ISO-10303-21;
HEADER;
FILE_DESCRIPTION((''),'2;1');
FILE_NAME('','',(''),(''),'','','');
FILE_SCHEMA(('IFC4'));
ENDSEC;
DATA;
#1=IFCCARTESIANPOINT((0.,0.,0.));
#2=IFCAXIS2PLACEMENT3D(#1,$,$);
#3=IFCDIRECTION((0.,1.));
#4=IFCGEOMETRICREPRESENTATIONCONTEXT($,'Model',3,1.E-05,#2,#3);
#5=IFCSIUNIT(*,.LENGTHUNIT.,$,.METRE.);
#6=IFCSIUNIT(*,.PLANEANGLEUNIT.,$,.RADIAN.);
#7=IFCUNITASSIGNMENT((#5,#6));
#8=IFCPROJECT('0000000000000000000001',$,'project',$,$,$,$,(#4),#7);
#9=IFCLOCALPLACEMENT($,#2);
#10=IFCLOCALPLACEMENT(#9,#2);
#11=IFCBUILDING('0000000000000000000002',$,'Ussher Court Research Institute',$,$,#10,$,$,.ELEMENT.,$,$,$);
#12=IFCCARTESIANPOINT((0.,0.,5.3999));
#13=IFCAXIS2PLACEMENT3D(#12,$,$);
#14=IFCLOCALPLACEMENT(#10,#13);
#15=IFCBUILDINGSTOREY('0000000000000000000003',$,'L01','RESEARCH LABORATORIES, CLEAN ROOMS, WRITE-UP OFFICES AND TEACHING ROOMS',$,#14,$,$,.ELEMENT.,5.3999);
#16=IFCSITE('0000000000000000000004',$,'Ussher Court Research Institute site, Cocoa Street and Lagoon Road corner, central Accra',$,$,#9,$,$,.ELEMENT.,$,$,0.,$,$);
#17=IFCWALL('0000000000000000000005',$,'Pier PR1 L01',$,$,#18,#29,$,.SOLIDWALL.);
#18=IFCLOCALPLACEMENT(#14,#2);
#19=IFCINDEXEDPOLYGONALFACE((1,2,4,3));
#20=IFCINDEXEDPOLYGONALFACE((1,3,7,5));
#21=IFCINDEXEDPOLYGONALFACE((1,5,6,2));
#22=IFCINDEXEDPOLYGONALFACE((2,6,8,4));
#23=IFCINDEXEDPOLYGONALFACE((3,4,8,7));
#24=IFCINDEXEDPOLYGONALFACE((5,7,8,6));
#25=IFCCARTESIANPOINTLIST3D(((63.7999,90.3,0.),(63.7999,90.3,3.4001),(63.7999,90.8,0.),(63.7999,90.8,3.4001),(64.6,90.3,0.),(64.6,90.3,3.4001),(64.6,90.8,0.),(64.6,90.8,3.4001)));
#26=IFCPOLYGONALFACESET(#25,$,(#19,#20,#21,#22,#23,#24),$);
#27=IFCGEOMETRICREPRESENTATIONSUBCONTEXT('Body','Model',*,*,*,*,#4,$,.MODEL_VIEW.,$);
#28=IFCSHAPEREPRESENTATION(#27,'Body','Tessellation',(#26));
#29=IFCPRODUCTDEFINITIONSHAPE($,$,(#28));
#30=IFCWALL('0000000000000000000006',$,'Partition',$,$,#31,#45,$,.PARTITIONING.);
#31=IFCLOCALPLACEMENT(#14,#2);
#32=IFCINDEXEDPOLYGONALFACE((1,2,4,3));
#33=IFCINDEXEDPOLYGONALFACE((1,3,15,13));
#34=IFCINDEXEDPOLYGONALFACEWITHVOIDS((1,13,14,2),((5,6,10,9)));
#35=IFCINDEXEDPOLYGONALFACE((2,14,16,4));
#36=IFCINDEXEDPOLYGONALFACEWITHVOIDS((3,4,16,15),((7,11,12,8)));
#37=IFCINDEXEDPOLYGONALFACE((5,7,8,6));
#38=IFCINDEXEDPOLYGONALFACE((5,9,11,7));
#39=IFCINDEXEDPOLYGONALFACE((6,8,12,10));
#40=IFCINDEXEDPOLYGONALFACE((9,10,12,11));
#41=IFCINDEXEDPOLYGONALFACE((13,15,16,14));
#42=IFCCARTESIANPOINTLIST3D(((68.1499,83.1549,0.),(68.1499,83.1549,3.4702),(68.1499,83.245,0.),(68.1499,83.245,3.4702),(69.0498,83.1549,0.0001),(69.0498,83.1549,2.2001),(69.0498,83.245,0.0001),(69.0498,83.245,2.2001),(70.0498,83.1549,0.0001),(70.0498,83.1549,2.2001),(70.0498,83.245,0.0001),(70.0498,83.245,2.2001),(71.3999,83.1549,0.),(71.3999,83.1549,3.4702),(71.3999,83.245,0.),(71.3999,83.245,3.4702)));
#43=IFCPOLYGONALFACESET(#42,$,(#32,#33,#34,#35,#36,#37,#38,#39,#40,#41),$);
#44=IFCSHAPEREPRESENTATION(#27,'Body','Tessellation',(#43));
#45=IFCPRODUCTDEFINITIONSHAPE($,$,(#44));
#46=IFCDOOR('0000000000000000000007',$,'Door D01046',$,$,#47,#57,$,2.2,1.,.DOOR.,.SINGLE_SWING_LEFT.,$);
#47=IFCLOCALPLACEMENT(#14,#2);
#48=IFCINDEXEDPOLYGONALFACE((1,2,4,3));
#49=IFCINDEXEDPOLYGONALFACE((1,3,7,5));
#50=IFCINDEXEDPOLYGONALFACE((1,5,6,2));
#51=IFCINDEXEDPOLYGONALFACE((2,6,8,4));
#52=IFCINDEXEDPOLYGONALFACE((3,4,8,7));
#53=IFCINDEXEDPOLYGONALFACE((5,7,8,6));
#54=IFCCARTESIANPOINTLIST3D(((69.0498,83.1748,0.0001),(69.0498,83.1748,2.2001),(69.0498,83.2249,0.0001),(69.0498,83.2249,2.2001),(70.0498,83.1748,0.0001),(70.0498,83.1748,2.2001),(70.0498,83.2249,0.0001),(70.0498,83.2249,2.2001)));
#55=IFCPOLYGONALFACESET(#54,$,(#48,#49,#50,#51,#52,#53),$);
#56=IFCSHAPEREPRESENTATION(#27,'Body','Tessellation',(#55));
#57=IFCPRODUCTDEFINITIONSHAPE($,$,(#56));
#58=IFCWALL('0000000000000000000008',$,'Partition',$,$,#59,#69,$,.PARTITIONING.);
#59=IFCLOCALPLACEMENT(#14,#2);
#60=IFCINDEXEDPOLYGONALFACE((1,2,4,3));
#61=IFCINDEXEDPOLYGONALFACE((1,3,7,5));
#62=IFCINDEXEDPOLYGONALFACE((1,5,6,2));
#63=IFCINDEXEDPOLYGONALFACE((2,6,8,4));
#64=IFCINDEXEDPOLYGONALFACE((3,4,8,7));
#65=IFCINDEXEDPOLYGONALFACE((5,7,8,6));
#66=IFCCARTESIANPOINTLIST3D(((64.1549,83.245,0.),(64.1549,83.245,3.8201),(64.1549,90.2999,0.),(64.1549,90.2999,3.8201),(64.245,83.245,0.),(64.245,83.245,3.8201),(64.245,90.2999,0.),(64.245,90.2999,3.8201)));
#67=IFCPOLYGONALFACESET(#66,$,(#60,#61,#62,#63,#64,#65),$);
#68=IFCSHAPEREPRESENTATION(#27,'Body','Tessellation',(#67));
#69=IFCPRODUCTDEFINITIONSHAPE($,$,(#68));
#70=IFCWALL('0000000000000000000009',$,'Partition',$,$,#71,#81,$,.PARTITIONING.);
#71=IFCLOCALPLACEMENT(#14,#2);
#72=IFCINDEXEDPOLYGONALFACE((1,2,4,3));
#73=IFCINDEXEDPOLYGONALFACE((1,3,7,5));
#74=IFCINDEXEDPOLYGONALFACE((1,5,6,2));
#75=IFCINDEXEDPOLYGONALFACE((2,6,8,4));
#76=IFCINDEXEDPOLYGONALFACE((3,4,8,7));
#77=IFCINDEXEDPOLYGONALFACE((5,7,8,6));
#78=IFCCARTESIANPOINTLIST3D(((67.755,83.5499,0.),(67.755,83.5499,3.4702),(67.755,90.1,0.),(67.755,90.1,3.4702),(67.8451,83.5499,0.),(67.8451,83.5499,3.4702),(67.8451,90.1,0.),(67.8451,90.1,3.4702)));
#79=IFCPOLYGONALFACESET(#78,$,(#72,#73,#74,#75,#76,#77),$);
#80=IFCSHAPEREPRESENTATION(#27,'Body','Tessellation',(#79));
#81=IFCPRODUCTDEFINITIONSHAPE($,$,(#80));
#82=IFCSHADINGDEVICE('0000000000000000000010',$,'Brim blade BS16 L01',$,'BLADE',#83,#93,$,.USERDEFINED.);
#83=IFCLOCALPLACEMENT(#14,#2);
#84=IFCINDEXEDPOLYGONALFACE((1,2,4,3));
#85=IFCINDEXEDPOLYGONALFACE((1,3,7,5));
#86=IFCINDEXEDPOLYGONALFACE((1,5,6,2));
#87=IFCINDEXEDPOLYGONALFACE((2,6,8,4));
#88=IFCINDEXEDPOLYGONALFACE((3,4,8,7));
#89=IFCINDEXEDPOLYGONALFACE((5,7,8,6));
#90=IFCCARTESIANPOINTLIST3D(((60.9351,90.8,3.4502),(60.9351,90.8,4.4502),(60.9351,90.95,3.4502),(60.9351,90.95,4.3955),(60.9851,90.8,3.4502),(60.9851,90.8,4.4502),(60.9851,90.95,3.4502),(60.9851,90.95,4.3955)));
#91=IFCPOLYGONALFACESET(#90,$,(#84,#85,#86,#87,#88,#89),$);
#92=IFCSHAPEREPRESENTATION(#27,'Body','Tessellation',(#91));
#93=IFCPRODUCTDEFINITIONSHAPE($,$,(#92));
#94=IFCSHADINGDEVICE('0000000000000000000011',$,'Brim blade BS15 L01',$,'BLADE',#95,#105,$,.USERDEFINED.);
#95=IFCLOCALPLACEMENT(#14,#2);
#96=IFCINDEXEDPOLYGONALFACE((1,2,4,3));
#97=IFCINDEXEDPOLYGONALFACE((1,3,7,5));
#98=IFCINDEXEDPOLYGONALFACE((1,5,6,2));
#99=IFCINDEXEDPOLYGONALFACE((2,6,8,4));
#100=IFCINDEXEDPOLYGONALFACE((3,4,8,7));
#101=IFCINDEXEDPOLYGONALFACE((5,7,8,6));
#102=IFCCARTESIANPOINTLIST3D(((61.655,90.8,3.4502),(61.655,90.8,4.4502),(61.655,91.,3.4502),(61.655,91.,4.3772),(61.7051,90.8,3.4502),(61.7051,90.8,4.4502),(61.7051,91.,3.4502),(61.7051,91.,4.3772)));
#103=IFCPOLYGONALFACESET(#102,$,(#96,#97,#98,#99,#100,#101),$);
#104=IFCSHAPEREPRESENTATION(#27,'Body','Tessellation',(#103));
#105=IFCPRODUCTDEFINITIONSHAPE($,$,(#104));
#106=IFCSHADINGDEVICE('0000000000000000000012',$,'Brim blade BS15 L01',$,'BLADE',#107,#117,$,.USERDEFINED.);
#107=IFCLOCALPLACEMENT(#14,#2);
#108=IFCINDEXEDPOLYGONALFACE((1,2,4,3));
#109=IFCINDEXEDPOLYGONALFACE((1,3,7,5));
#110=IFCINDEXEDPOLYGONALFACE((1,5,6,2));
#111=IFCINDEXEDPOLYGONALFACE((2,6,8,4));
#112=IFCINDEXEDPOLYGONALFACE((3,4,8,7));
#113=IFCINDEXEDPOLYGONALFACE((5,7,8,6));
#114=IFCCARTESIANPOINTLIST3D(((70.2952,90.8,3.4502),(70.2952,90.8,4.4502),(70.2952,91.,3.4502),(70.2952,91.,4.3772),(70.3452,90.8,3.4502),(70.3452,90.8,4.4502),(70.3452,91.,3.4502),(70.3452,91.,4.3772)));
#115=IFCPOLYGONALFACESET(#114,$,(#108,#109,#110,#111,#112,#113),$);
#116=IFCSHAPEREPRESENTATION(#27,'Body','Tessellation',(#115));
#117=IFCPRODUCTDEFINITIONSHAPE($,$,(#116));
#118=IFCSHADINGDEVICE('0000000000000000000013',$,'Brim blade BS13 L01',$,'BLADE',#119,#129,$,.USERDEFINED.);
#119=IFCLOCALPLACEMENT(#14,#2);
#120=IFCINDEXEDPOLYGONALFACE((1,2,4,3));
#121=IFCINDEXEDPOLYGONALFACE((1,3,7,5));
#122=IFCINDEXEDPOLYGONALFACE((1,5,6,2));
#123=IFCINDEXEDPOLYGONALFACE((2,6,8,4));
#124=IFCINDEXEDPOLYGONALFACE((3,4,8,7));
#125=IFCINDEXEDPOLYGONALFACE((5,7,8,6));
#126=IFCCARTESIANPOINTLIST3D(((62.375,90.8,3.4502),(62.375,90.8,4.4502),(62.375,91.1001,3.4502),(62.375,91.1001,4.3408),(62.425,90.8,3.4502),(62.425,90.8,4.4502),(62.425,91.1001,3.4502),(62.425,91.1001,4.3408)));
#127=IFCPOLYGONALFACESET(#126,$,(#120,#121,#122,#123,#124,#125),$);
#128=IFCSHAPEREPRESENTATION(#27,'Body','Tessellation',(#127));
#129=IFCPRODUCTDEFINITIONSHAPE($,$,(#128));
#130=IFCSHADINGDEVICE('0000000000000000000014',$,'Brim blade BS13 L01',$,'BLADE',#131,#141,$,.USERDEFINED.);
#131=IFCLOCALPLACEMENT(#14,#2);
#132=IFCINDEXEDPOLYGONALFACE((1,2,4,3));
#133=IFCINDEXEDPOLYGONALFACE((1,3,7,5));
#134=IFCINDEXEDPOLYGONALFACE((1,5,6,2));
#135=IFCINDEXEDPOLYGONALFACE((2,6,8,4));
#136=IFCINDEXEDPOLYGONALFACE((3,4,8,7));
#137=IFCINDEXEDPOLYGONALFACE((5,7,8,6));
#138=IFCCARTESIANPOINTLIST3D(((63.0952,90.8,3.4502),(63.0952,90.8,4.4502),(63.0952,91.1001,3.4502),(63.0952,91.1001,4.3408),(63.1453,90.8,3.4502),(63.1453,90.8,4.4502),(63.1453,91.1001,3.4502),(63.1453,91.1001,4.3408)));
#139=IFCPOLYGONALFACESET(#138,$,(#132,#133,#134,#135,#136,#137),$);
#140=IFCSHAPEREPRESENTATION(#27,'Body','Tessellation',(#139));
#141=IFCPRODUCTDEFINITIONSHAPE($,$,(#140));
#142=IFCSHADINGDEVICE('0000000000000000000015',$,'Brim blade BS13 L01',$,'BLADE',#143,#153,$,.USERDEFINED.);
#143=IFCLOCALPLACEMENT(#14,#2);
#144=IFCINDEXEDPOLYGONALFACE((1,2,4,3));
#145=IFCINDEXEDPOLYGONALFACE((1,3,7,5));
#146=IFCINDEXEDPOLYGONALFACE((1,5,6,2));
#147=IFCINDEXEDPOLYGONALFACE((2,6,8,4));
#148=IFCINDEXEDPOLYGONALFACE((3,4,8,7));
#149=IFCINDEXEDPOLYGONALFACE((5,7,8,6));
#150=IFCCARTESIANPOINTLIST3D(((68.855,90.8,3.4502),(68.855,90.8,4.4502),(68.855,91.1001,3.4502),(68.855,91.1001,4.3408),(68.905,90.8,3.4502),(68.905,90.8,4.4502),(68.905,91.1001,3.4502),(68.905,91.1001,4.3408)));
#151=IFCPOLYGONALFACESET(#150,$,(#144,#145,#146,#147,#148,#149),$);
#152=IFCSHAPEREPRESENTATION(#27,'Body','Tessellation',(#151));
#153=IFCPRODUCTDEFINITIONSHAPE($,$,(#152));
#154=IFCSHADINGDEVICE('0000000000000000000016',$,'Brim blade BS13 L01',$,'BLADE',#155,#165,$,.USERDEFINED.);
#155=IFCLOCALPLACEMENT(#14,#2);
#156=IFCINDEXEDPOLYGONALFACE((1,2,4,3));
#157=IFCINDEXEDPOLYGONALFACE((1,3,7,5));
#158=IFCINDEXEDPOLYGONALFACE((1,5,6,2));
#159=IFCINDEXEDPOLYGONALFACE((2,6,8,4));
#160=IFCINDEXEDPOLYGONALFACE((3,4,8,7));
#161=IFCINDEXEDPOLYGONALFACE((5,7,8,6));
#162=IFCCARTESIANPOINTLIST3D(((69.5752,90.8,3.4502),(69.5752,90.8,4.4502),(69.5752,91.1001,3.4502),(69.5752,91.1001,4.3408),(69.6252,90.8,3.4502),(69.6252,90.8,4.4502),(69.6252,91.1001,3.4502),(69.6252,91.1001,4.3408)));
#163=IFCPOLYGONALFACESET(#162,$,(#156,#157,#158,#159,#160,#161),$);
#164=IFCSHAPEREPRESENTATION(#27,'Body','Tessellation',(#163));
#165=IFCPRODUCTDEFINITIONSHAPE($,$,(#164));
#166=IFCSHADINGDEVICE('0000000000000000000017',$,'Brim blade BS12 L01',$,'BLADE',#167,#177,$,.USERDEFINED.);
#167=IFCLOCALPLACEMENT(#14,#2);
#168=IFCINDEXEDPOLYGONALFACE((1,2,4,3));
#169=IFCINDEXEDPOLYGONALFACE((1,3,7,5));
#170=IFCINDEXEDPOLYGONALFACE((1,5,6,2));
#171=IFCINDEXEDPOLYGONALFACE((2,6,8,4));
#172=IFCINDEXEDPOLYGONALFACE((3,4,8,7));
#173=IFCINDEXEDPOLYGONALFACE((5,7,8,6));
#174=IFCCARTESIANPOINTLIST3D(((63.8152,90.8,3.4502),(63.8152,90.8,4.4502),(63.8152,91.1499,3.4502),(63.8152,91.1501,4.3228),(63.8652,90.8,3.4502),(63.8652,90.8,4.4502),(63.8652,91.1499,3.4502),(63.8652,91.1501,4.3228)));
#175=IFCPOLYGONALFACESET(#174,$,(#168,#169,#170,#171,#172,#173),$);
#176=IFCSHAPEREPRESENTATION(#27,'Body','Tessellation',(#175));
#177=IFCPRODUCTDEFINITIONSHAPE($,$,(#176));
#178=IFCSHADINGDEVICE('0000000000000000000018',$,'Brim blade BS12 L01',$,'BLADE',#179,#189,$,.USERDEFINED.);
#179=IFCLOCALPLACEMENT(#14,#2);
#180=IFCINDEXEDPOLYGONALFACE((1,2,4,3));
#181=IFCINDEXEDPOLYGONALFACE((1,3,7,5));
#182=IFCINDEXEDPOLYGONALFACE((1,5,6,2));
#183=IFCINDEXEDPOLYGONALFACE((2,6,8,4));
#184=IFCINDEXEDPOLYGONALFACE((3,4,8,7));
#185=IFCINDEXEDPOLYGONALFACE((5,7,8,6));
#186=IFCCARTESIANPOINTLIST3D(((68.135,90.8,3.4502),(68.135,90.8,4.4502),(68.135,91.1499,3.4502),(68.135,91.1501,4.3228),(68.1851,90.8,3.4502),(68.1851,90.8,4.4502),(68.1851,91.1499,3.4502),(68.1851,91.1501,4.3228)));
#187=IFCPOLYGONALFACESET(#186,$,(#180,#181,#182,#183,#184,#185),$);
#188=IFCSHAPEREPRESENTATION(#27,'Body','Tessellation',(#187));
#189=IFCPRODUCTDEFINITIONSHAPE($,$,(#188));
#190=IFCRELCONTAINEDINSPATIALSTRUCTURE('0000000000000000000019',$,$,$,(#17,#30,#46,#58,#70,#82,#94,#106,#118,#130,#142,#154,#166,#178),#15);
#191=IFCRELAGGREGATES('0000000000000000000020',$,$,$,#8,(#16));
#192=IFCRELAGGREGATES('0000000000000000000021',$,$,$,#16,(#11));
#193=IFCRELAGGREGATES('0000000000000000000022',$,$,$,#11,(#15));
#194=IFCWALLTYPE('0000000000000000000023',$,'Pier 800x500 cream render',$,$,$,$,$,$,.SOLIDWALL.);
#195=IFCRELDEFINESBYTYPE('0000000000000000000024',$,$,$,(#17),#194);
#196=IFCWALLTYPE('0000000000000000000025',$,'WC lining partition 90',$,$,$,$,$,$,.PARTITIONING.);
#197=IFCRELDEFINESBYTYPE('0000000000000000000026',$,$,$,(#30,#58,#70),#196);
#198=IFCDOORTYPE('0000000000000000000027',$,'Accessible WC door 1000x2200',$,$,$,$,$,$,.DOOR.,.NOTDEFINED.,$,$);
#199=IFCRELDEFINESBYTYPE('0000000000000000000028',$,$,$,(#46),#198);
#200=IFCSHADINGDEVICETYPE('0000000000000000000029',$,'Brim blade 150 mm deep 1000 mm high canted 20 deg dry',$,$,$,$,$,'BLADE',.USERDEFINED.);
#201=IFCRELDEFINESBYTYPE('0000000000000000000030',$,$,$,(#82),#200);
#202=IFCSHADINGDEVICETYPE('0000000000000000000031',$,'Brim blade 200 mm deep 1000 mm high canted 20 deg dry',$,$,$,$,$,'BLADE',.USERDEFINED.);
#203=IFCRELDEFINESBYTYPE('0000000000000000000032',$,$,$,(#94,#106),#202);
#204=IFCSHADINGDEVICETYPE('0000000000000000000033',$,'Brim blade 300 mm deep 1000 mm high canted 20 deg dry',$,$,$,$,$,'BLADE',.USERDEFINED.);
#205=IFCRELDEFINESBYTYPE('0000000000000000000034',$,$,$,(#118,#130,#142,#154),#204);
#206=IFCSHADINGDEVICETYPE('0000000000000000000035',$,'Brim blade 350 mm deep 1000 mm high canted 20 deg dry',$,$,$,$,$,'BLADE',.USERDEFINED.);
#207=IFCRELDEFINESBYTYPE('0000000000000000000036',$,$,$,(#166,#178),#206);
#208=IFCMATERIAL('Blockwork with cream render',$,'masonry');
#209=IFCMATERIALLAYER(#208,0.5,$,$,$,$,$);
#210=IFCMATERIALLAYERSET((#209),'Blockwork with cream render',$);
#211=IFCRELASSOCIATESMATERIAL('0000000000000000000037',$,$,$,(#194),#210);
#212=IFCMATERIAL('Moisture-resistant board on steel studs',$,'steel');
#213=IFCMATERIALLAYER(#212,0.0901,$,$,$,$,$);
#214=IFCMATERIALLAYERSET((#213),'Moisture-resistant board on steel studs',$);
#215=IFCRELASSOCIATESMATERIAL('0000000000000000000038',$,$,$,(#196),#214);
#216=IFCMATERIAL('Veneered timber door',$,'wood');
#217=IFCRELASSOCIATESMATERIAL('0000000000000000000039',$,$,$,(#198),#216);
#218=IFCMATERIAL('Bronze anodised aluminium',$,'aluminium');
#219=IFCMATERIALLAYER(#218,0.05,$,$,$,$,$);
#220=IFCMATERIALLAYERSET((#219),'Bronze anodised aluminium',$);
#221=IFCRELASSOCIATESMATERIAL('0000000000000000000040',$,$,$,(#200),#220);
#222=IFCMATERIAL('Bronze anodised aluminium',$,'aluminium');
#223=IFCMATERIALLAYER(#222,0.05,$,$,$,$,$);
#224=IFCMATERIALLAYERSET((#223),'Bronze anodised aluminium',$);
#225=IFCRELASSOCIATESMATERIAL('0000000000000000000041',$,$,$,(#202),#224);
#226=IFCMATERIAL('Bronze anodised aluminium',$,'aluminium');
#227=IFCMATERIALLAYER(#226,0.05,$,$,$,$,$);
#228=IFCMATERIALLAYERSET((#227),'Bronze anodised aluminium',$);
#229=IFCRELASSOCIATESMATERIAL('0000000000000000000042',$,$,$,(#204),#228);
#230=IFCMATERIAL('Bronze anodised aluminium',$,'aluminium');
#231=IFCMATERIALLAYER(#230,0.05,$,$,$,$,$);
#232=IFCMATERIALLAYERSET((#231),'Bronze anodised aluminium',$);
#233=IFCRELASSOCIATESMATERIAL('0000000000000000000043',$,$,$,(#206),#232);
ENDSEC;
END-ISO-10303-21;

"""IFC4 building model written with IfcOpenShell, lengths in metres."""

from ifc_helpers import new_model, si_unit, direction, frame, frame_2d, origin, place, context, subcontext, project, spatial, polyline, rectangle, outline, extrude, material, layer, layer_set, type_object, element, fill, save


model = new_model("IFC4")

# Units and contexts
model_context = context("Model", 3, precision=1e-05, world=origin(), true_north=direction((0.0, 1.0)))
body_context = subcontext(model_context, "Body", "Model", "MODEL_VIEW")
ifc_project = project(units=[si_unit("LENGTHUNIT", "METRE"), si_unit("PLANEANGLEUNIT", "RADIAN")], contexts=[model_context])

# Site, building, storey
site_placement = place(None, origin())
site = spatial("IfcSite", under=ifc_project, at=site_placement, Name="Ussher Court Research Institute site, Cocoa Street and Lagoon Road corner, central Accra", CompositionType="ELEMENT", RefElevation=0.0)
building_placement = place(site_placement, origin())
building = spatial("IfcBuilding", under=site, at=building_placement, Name="Ussher Court Research Institute", CompositionType="ELEMENT")
storey_placement = place(building_placement, frame((0.0, 0.0, 5.3999)))
storey = spatial("IfcBuildingStorey", under=building, at=storey_placement, Name="L01", Description="RESEARCH LABORATORIES, CLEAN ROOMS, WRITE-UP OFFICES AND TEACHING ROOMS", CompositionType="ELEMENT", Elevation=5.3999)

# Wall
ifc_material_1 = material(Name="Blockwork with cream render", Category="masonry")
ifc_layer_1 = layer(ifc_material_1, 0.5)
ifc_layer_set_1 = layer_set([ifc_layer_1], Name="Blockwork with cream render")
wall_type_1 = type_object("IfcWallType", Name="Pier 800x500 cream render", PredefinedType="SOLIDWALL", material=ifc_layer_set_1)
wall_1_placement = place(storey_placement, frame((63.8, 90.55, 0.0), z_axis=(0.0, 0.0, 1.0), x_axis=(1.0, 0.0, 0.0)))
element("IfcWall", 1, at=wall_1_placement, inside=storey, type_object=wall_type_1, Name="Pier PR1 L01", PredefinedType="SOLIDWALL", context=body_context, shape_type="SweptSolid", body=[
    extrude(rectangle(XDim=0.8, YDim=0.5, at=frame_2d((0.3999, 0.0))), origin(), (0.0, 0.0, 1.0), 3.4001),
])

# Wall, opening, door
ifc_material_2 = material(Name="Moisture-resistant board on steel studs", Category="steel")
ifc_layer_2 = layer(ifc_material_2, 0.0901)
ifc_layer_set_2 = layer_set([ifc_layer_2], Name="Moisture-resistant board on steel studs")
wall_type_2 = type_object("IfcWallType", Name="WC lining partition 90", PredefinedType="PARTITIONING", material=ifc_layer_set_2)
wall_2_placement = place(storey_placement, frame((68.1499, 83.2, 0.0), z_axis=(0.0, 0.0, 1.0), x_axis=(1.0, 0.0, 0.0)))
wall_2 = element("IfcWall", 2, at=wall_2_placement, inside=storey, type_object=wall_type_2, Name="Partition", PredefinedType="PARTITIONING", context=body_context, shape_type="SweptSolid", body=[
    extrude(rectangle(XDim=3.25, YDim=0.0901, at=frame_2d((1.625, 0.0))), origin(), (0.0, 0.0, 1.0), 3.4702),
])
opening_1_placement = place(wall_2_placement, frame((0.8999, 0.0, 0.0)))
opening_1 = element("IfcOpeningElement", 3, at=opening_1_placement, cuts=wall_2, PredefinedType="OPENING", context=body_context, shape_type="SweptSolid", body=[
    extrude(rectangle(XDim=1.0, YDim=2.2, at=frame_2d((0.5, 1.1001))), frame((0.0, 0.0552, 0.0), z_axis=(0.0, -1.0, 0.0), x_axis=(1.0, 0.0, 0.0)), (0.0, 0.0, 1.0), 0.1101),
])
ifc_material_3 = material(Name="Veneered timber door", Category="wood")
door_type = type_object("IfcDoorType", Name="Accessible WC door 1000x2200", OperationType="NOTDEFINED", PredefinedType="DOOR", material=ifc_material_3)
door_placement = place(opening_1_placement, origin())
door = element("IfcDoor", 4, at=door_placement, inside=storey, type_object=door_type, Name="Door D01046", OperationType="SINGLE_SWING_LEFT", OverallHeight=2.2, OverallWidth=1.0, PredefinedType="DOOR", context=body_context, shape_type="SweptSolid", body=[
    extrude(rectangle(XDim=1.0, YDim=2.2, at=frame_2d((0.5, 1.1001))), frame((0.0, 0.0249, 0.0), z_axis=(0.0, -1.0, 0.0), x_axis=(1.0, 0.0, 0.0)), (0.0, 0.0, 1.0), 0.05),
])
fill(opening_1, door)

# Walls
wall_3_placement = place(storey_placement, frame((64.2, 83.2451, 0.0), z_axis=(0.0, 0.0, 1.0), x_axis=(0.0, 1.0, 0.0)))
element("IfcWall", 5, at=wall_3_placement, inside=storey, type_object=wall_type_2, Name="Partition", PredefinedType="PARTITIONING", context=body_context, shape_type="SweptSolid", body=[
    extrude(rectangle(XDim=7.0549, YDim=0.0901, at=frame_2d((3.5273, 0.0))), origin(), (0.0, 0.0, 1.0), 3.8201),
])
wall_4_placement = place(storey_placement, frame((67.8, 83.55, 0.0), z_axis=(0.0, 0.0, 1.0), x_axis=(0.0, 1.0, 0.0)))
element("IfcWall", 6, at=wall_4_placement, inside=storey, type_object=wall_type_2, Name="Partition", PredefinedType="PARTITIONING", context=body_context, shape_type="SweptSolid", body=[
    extrude(rectangle(XDim=6.55, YDim=0.0901, at=frame_2d((3.2749, 0.0))), origin(), (0.0, 0.0, 1.0), 3.4702),
])

# Shading devices
ifc_material_4 = material(Name="Bronze anodised aluminium", Category="aluminium")
ifc_layer_3 = layer(ifc_material_4, 0.05)
ifc_layer_set_3 = layer_set([ifc_layer_3], Name="Bronze anodised aluminium")
shading_device_type_1 = type_object("IfcShadingDeviceType", Name="Brim blade 150 mm deep 1000 mm high canted 20 deg dry", ElementType="BLADE", PredefinedType="USERDEFINED", material=ifc_layer_set_3)
shading_device_1_placement = place(storey_placement, frame((60.96, 90.8, 3.4502), z_axis=(0.0, 0.0, 1.0), x_axis=(0.0, 1.0, 0.0)))
element("IfcShadingDevice", 7, at=shading_device_1_placement, inside=storey, type_object=shading_device_type_1, Name="Brim blade BS16 L01", ObjectType="BLADE", PredefinedType="USERDEFINED", context=body_context, shape_type="SweptSolid", body=[
    extrude(outline(polyline([(0.0, 0.0), (0.1499, 0.0), (0.1499, 0.9453), (0.0, 1.0), (0.0, 0.0)])), frame((0.0, 0.0249, 0.0), z_axis=(0.0, -1.0, 0.0), x_axis=(1.0, 0.0, 0.0)), (0.0, 0.0, 1.0), 0.05),
])
ifc_material_5 = material(Name="Bronze anodised aluminium", Category="aluminium")
ifc_layer_4 = layer(ifc_material_5, 0.05)
ifc_layer_set_4 = layer_set([ifc_layer_4], Name="Bronze anodised aluminium")
shading_device_type_2 = type_object("IfcShadingDeviceType", Name="Brim blade 200 mm deep 1000 mm high canted 20 deg dry", ElementType="BLADE", PredefinedType="USERDEFINED", material=ifc_layer_set_4)
for number, where, z_axis, x_axis, name in (
    (8, (61.6799, 90.8, 3.4502), (0.0, 0.0, 1.0), (0.0, 1.0, 0.0), "Brim blade BS15 L01"),
    (9, (70.3201, 90.8, 3.4502), (0.0, 0.0, 1.0), (0.0, 1.0, 0.0), "Brim blade BS15 L01"),
):
    element("IfcShadingDevice", number, at=place(storey_placement, frame(where, z_axis=z_axis, x_axis=x_axis)), inside=storey, type_object=shading_device_type_2, Name=name, ObjectType="BLADE", PredefinedType="USERDEFINED", context=body_context, shape_type="SweptSolid", body=[
        extrude(outline(polyline([(0.0, 0.0), (0.2, 0.0), (0.2, 0.927), (0.0, 1.0), (0.0, 0.0)])), frame((0.0, 0.0249, 0.0), z_axis=(0.0, -1.0, 0.0), x_axis=(1.0, 0.0, 0.0)), (0.0, 0.0, 1.0), 0.05),
    ])
ifc_material_6 = material(Name="Bronze anodised aluminium", Category="aluminium")
ifc_layer_5 = layer(ifc_material_6, 0.05)
ifc_layer_set_5 = layer_set([ifc_layer_5], Name="Bronze anodised aluminium")
shading_device_type_3 = type_object("IfcShadingDeviceType", Name="Brim blade 300 mm deep 1000 mm high canted 20 deg dry", ElementType="BLADE", PredefinedType="USERDEFINED", material=ifc_layer_set_5)
for number, where, z_axis, x_axis, name in (
    (10, (62.3999, 90.8, 3.4502), (0.0, 0.0, 1.0), (0.0, 1.0, 0.0), "Brim blade BS13 L01"),
    (11, (63.1201, 90.8, 3.4502), (0.0, 0.0, 1.0), (0.0, 1.0, 0.0), "Brim blade BS13 L01"),
    (12, (68.8799, 90.8, 3.4502), (0.0, 0.0, 1.0), (0.0, 1.0, 0.0), "Brim blade BS13 L01"),
    (13, (69.6001, 90.8, 3.4502), (0.0, 0.0, 1.0), (0.0, 1.0, 0.0), "Brim blade BS13 L01"),
):
    element("IfcShadingDevice", number, at=place(storey_placement, frame(where, z_axis=z_axis, x_axis=x_axis)), inside=storey, type_object=shading_device_type_3, Name=name, ObjectType="BLADE", PredefinedType="USERDEFINED", context=body_context, shape_type="SweptSolid", body=[
        extrude(outline(polyline([(0.0, 0.0), (0.3, 0.0), (0.3, 0.8906), (0.0, 1.0), (0.0, 0.0)])), frame((0.0, 0.0249, 0.0), z_axis=(0.0, -1.0, 0.0), x_axis=(1.0, 0.0, 0.0)), (0.0, 0.0, 1.0), 0.05),
    ])
ifc_material_7 = material(Name="Bronze anodised aluminium", Category="aluminium")
ifc_layer_6 = layer(ifc_material_7, 0.05)
ifc_layer_set_6 = layer_set([ifc_layer_6], Name="Bronze anodised aluminium")
shading_device_type_4 = type_object("IfcShadingDeviceType", Name="Brim blade 350 mm deep 1000 mm high canted 20 deg dry", ElementType="BLADE", PredefinedType="USERDEFINED", material=ifc_layer_set_6)
for number, where, z_axis, x_axis, name in (
    (14, (63.8401, 90.8, 3.4502), (0.0, 0.0, 1.0), (0.0, 1.0, 0.0), "Brim blade BS12 L01"),
    (15, (68.1599, 90.8, 3.4502), (0.0, 0.0, 1.0), (0.0, 1.0, 0.0), "Brim blade BS12 L01"),
):
    element("IfcShadingDevice", number, at=place(storey_placement, frame(where, z_axis=z_axis, x_axis=x_axis)), inside=storey, type_object=shading_device_type_4, Name=name, ObjectType="BLADE", PredefinedType="USERDEFINED", context=body_context, shape_type="SweptSolid", body=[
        extrude(outline(polyline([(0.0, 0.0), (0.3499, 0.0), (0.3501, 0.8726), (0.0, 1.0), (0.0, 0.0)])), frame((0.0, 0.0249, 0.0), z_axis=(0.0, -1.0, 0.0), x_axis=(1.0, 0.0, 0.0)), (0.0, 0.0, 1.0), 0.05),
    ])

save(model, "model.ifc")
